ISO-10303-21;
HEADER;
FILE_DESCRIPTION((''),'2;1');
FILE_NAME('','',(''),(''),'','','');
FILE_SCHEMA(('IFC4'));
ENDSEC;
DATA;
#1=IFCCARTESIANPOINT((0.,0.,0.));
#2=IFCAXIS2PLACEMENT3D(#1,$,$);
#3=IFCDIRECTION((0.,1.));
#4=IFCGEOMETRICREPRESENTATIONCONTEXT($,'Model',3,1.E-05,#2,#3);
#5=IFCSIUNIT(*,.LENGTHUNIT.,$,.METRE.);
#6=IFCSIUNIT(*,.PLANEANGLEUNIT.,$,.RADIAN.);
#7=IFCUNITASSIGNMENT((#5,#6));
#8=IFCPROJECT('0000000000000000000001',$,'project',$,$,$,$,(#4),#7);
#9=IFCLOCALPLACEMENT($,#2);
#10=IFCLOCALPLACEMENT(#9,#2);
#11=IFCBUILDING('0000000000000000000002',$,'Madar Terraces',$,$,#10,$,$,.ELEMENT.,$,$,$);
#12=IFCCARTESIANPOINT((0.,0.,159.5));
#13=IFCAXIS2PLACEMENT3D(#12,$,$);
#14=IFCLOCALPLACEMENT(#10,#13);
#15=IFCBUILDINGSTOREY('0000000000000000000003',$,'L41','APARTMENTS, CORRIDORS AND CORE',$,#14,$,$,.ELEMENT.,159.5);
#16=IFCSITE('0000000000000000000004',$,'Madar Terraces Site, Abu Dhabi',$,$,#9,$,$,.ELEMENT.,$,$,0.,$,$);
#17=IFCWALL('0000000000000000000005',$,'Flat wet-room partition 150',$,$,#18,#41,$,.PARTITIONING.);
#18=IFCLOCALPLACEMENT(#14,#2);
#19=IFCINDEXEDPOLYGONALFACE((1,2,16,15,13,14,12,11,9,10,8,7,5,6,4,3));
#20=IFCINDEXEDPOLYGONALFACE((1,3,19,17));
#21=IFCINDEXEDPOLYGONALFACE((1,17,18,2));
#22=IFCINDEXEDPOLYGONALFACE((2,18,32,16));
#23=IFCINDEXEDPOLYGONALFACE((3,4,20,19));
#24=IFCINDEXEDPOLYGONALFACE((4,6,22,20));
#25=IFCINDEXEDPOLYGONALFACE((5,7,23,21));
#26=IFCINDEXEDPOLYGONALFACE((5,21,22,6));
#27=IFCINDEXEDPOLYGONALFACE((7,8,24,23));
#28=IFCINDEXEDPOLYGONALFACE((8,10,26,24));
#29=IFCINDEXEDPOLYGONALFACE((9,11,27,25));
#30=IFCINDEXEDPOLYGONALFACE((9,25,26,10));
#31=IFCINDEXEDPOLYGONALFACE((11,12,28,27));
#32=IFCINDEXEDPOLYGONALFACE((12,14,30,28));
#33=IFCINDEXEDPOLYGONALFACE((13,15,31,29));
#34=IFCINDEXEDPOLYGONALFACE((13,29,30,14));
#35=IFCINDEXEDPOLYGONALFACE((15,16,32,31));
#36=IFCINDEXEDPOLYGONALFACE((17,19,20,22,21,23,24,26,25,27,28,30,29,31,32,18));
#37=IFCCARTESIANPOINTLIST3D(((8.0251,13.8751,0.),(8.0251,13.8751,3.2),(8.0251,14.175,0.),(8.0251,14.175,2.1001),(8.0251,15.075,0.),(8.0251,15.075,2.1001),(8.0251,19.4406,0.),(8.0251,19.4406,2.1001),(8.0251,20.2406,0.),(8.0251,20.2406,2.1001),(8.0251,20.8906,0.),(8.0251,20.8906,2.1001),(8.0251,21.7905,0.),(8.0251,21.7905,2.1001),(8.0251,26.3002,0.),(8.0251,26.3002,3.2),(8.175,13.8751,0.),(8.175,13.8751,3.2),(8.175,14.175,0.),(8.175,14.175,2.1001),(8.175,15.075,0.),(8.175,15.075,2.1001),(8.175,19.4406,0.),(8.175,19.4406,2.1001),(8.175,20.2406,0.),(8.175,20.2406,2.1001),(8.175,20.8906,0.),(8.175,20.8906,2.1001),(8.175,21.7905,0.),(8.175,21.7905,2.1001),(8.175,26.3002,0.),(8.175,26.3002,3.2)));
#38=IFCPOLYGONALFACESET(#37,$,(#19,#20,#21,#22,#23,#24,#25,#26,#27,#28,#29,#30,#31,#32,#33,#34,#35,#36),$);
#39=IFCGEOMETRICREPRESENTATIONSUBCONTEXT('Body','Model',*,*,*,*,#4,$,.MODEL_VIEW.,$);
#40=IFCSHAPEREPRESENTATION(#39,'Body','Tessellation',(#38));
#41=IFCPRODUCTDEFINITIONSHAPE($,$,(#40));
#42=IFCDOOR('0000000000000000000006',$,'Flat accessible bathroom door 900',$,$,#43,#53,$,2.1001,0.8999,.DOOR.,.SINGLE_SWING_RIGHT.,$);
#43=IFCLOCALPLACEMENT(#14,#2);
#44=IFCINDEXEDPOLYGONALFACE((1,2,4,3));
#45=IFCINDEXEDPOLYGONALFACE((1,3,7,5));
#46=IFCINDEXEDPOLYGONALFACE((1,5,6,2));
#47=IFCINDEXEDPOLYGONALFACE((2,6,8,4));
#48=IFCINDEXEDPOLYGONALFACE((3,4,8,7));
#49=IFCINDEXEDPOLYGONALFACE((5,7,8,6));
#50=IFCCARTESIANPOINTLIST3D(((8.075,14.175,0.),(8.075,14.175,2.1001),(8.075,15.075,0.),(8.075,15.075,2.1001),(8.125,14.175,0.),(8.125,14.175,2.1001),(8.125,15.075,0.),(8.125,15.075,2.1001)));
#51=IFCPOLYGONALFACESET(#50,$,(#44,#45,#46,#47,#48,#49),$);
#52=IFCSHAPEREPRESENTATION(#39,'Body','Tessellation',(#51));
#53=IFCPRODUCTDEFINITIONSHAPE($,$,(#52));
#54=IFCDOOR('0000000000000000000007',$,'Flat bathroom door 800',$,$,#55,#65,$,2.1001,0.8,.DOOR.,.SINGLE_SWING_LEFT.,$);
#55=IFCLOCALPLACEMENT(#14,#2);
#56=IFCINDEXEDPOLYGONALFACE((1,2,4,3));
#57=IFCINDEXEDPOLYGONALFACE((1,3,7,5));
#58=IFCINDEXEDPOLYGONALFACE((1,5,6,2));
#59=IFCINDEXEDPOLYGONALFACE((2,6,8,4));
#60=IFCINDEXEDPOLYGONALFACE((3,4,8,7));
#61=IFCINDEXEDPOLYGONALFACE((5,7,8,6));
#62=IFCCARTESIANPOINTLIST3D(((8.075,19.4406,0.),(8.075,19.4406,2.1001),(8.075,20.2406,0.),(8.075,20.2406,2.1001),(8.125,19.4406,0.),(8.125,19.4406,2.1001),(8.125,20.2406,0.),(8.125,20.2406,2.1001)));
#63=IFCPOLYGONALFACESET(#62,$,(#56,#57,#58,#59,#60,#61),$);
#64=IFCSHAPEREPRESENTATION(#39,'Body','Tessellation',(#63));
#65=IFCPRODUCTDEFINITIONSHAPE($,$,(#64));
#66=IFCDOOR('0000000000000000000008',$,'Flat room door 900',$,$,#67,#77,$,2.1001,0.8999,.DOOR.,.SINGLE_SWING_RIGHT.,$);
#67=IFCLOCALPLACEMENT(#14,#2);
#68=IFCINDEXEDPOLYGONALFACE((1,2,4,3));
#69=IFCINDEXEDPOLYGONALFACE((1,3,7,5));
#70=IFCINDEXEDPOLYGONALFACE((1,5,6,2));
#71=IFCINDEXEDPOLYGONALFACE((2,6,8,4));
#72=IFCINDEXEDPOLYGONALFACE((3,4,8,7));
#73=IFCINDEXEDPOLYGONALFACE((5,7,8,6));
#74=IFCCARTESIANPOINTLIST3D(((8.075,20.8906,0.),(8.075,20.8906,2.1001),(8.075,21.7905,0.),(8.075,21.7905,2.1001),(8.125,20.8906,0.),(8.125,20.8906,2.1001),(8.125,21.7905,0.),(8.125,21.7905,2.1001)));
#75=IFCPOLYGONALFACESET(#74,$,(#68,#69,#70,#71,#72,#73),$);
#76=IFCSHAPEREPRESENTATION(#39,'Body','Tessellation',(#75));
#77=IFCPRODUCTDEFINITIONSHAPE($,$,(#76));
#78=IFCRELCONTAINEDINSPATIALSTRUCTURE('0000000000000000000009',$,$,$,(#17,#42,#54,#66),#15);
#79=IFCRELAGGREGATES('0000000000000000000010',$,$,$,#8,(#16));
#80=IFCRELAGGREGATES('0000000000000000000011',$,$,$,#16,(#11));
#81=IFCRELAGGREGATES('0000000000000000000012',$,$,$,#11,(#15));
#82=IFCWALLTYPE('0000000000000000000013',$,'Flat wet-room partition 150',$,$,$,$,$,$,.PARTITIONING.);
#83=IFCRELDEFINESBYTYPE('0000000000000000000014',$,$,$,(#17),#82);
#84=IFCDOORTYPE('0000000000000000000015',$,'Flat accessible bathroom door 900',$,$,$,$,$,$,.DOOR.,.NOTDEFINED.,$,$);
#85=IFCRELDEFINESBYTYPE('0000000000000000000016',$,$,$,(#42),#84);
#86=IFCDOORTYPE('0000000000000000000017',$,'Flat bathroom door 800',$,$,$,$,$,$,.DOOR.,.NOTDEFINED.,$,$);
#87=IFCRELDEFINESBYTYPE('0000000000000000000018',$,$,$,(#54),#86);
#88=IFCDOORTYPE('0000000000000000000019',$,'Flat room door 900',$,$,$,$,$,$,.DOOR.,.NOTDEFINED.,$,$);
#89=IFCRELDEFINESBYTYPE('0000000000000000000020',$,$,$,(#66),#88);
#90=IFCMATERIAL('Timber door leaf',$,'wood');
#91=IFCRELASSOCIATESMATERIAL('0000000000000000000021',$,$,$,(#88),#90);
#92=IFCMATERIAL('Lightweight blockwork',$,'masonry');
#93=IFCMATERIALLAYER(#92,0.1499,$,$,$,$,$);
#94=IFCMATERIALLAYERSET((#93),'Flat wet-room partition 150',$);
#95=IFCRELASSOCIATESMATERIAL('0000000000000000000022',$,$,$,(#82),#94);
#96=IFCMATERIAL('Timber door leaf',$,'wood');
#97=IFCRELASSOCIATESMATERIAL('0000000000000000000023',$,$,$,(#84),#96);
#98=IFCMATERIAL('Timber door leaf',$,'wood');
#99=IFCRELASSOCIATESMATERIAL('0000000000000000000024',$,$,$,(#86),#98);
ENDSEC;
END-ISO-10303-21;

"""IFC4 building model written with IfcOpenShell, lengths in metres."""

from ifc_helpers import new_model, si_unit, direction, frame, frame_2d, origin, place, context, subcontext, project, spatial, rectangle, extrude, material, layer, layer_set, type_object, element, fill, save


model = new_model("IFC4")

# Units and contexts
model_context = context("Model", 3, precision=1e-05, world=origin(), true_north=direction((0.0, 1.0)))
body_context = subcontext(model_context, "Body", "Model", "MODEL_VIEW")
ifc_project = project(units=[si_unit("LENGTHUNIT", "METRE"), si_unit("PLANEANGLEUNIT", "RADIAN")], contexts=[model_context])

# Site, building, storey
site_placement = place(None, origin())
site = spatial("IfcSite", under=ifc_project, at=site_placement, Name="Madar Terraces Site, Abu Dhabi", CompositionType="ELEMENT", RefElevation=0.0)
building_placement = place(site_placement, origin())
building = spatial("IfcBuilding", under=site, at=building_placement, Name="Madar Terraces", CompositionType="ELEMENT")
storey_placement = place(building_placement, frame((0.0, 0.0, 159.5)))
storey = spatial("IfcBuildingStorey", under=building, at=storey_placement, Name="L41", Description="APARTMENTS, CORRIDORS AND CORE", CompositionType="ELEMENT", Elevation=159.5)

# Shared definitions
ifc_material_1 = material(Name="Timber door leaf", Category="wood")
door_type_1 = type_object("IfcDoorType", Name="Flat room door 900", OperationType="NOTDEFINED", PredefinedType="DOOR", material=ifc_material_1)

# Wall, openings, doors
ifc_material_2 = material(Name="Lightweight blockwork", Category="masonry")
ifc_layer_1 = layer(ifc_material_2, 0.1499)
ifc_layer_set_1 = layer_set([ifc_layer_1], Name="Flat wet-room partition 150")
wall_type_1 = type_object("IfcWallType", Name="Flat wet-room partition 150", PredefinedType="PARTITIONING", material=ifc_layer_set_1)
wall_1_placement = place(storey_placement, frame((8.1001, 26.3, 0.0), z_axis=(0.0, 0.0, 1.0), x_axis=(0.0, -1.0, 0.0)))
wall_1 = element("IfcWall", 1, at=wall_1_placement, inside=storey, type_object=wall_type_1, Name="Flat wet-room partition 150", PredefinedType="PARTITIONING", context=body_context, shape_type="SweptSolid", body=[
    extrude(rectangle(XDim=12.425, YDim=0.1499, at=frame_2d((6.2124, 0.0))), origin(), (0.0, 0.0, 1.0), 3.2),
])
opening_1_placement = place(wall_1_placement, frame((11.2251, 0.0, 0.0)))
opening_1 = element("IfcOpeningElement", 2, at=opening_1_placement, cuts=wall_1, PredefinedType="OPENING", context=body_context, shape_type="SweptSolid", body=[
    extrude(rectangle(XDim=0.8999, YDim=2.1001, at=frame_2d((0.45, 1.05))), frame((0.0, 0.085, 0.0), z_axis=(0.0, -1.0, 0.0), x_axis=(1.0, 0.0, 0.0)), (0.0, 0.0, 1.0), 0.1699),
])
opening_2_placement = place(wall_1_placement, frame((6.0596, 0.0, 0.0)))
opening_2 = element("IfcOpeningElement", 3, at=opening_2_placement, cuts=wall_1, PredefinedType="OPENING", context=body_context, shape_type="SweptSolid", body=[
    extrude(rectangle(XDim=0.8, YDim=2.1001, at=frame_2d((0.3999, 1.05))), frame((0.0, 0.085, 0.0), z_axis=(0.0, -1.0, 0.0), x_axis=(1.0, 0.0, 0.0)), (0.0, 0.0, 1.0), 0.1699),
])
opening_3_placement = place(wall_1_placement, frame((4.5095, 0.0, 0.0)))
opening_3 = element("IfcOpeningElement", 4, at=opening_3_placement, cuts=wall_1, PredefinedType="OPENING", context=body_context, shape_type="SweptSolid", body=[
    extrude(rectangle(XDim=0.8999, YDim=2.1001, at=frame_2d((0.45, 1.05))), frame((0.0, 0.085, 0.0), z_axis=(0.0, -1.0, 0.0), x_axis=(1.0, 0.0, 0.0)), (0.0, 0.0, 1.0), 0.1699),
])
ifc_material_3 = material(Name="Timber door leaf", Category="wood")
door_type_2 = type_object("IfcDoorType", Name="Flat accessible bathroom door 900", OperationType="NOTDEFINED", PredefinedType="DOOR", material=ifc_material_3)
door_1_placement = place(opening_1_placement, origin())
door_1 = element("IfcDoor", 5, at=door_1_placement, inside=storey, type_object=door_type_2, Name="Flat accessible bathroom door 900", OperationType="SINGLE_SWING_RIGHT", OverallHeight=2.1001, OverallWidth=0.8999, PredefinedType="DOOR", context=body_context, shape_type="SweptSolid", body=[
    extrude(rectangle(XDim=0.8999, YDim=2.1001, at=frame_2d((0.45, 1.05))), frame((0.0, 0.0249, 0.0), z_axis=(0.0, -1.0, 0.0), x_axis=(1.0, 0.0, 0.0)), (0.0, 0.0, 1.0), 0.05),
])
fill(opening_1, door_1)
ifc_material_4 = material(Name="Timber door leaf", Category="wood")
door_type_3 = type_object("IfcDoorType", Name="Flat bathroom door 800", OperationType="NOTDEFINED", PredefinedType="DOOR", material=ifc_material_4)
door_2_placement = place(opening_2_placement, origin())
door_2 = element("IfcDoor", 6, at=door_2_placement, inside=storey, type_object=door_type_3, Name="Flat bathroom door 800", OperationType="SINGLE_SWING_LEFT", OverallHeight=2.1001, OverallWidth=0.8, PredefinedType="DOOR", context=body_context, shape_type="SweptSolid", body=[
    extrude(rectangle(XDim=0.8, YDim=2.1001, at=frame_2d((0.3999, 1.05))), frame((0.0, 0.0249, 0.0), z_axis=(0.0, -1.0, 0.0), x_axis=(1.0, 0.0, 0.0)), (0.0, 0.0, 1.0), 0.05),
])
fill(opening_2, door_2)
door_3_placement = place(opening_3_placement, origin())
door_3 = element("IfcDoor", 7, at=door_3_placement, inside=storey, type_object=door_type_1, Name="Flat room door 900", OperationType="SINGLE_SWING_RIGHT", OverallHeight=2.1001, OverallWidth=0.8999, PredefinedType="DOOR", context=body_context, shape_type="SweptSolid", body=[
    extrude(rectangle(XDim=0.8999, YDim=2.1001, at=frame_2d((0.45, 1.05))), frame((0.0, 0.0249, 0.0), z_axis=(0.0, -1.0, 0.0), x_axis=(1.0, 0.0, 0.0)), (0.0, 0.0, 1.0), 0.05),
])
fill(opening_3, door_3)

save(model, "model.ifc")
